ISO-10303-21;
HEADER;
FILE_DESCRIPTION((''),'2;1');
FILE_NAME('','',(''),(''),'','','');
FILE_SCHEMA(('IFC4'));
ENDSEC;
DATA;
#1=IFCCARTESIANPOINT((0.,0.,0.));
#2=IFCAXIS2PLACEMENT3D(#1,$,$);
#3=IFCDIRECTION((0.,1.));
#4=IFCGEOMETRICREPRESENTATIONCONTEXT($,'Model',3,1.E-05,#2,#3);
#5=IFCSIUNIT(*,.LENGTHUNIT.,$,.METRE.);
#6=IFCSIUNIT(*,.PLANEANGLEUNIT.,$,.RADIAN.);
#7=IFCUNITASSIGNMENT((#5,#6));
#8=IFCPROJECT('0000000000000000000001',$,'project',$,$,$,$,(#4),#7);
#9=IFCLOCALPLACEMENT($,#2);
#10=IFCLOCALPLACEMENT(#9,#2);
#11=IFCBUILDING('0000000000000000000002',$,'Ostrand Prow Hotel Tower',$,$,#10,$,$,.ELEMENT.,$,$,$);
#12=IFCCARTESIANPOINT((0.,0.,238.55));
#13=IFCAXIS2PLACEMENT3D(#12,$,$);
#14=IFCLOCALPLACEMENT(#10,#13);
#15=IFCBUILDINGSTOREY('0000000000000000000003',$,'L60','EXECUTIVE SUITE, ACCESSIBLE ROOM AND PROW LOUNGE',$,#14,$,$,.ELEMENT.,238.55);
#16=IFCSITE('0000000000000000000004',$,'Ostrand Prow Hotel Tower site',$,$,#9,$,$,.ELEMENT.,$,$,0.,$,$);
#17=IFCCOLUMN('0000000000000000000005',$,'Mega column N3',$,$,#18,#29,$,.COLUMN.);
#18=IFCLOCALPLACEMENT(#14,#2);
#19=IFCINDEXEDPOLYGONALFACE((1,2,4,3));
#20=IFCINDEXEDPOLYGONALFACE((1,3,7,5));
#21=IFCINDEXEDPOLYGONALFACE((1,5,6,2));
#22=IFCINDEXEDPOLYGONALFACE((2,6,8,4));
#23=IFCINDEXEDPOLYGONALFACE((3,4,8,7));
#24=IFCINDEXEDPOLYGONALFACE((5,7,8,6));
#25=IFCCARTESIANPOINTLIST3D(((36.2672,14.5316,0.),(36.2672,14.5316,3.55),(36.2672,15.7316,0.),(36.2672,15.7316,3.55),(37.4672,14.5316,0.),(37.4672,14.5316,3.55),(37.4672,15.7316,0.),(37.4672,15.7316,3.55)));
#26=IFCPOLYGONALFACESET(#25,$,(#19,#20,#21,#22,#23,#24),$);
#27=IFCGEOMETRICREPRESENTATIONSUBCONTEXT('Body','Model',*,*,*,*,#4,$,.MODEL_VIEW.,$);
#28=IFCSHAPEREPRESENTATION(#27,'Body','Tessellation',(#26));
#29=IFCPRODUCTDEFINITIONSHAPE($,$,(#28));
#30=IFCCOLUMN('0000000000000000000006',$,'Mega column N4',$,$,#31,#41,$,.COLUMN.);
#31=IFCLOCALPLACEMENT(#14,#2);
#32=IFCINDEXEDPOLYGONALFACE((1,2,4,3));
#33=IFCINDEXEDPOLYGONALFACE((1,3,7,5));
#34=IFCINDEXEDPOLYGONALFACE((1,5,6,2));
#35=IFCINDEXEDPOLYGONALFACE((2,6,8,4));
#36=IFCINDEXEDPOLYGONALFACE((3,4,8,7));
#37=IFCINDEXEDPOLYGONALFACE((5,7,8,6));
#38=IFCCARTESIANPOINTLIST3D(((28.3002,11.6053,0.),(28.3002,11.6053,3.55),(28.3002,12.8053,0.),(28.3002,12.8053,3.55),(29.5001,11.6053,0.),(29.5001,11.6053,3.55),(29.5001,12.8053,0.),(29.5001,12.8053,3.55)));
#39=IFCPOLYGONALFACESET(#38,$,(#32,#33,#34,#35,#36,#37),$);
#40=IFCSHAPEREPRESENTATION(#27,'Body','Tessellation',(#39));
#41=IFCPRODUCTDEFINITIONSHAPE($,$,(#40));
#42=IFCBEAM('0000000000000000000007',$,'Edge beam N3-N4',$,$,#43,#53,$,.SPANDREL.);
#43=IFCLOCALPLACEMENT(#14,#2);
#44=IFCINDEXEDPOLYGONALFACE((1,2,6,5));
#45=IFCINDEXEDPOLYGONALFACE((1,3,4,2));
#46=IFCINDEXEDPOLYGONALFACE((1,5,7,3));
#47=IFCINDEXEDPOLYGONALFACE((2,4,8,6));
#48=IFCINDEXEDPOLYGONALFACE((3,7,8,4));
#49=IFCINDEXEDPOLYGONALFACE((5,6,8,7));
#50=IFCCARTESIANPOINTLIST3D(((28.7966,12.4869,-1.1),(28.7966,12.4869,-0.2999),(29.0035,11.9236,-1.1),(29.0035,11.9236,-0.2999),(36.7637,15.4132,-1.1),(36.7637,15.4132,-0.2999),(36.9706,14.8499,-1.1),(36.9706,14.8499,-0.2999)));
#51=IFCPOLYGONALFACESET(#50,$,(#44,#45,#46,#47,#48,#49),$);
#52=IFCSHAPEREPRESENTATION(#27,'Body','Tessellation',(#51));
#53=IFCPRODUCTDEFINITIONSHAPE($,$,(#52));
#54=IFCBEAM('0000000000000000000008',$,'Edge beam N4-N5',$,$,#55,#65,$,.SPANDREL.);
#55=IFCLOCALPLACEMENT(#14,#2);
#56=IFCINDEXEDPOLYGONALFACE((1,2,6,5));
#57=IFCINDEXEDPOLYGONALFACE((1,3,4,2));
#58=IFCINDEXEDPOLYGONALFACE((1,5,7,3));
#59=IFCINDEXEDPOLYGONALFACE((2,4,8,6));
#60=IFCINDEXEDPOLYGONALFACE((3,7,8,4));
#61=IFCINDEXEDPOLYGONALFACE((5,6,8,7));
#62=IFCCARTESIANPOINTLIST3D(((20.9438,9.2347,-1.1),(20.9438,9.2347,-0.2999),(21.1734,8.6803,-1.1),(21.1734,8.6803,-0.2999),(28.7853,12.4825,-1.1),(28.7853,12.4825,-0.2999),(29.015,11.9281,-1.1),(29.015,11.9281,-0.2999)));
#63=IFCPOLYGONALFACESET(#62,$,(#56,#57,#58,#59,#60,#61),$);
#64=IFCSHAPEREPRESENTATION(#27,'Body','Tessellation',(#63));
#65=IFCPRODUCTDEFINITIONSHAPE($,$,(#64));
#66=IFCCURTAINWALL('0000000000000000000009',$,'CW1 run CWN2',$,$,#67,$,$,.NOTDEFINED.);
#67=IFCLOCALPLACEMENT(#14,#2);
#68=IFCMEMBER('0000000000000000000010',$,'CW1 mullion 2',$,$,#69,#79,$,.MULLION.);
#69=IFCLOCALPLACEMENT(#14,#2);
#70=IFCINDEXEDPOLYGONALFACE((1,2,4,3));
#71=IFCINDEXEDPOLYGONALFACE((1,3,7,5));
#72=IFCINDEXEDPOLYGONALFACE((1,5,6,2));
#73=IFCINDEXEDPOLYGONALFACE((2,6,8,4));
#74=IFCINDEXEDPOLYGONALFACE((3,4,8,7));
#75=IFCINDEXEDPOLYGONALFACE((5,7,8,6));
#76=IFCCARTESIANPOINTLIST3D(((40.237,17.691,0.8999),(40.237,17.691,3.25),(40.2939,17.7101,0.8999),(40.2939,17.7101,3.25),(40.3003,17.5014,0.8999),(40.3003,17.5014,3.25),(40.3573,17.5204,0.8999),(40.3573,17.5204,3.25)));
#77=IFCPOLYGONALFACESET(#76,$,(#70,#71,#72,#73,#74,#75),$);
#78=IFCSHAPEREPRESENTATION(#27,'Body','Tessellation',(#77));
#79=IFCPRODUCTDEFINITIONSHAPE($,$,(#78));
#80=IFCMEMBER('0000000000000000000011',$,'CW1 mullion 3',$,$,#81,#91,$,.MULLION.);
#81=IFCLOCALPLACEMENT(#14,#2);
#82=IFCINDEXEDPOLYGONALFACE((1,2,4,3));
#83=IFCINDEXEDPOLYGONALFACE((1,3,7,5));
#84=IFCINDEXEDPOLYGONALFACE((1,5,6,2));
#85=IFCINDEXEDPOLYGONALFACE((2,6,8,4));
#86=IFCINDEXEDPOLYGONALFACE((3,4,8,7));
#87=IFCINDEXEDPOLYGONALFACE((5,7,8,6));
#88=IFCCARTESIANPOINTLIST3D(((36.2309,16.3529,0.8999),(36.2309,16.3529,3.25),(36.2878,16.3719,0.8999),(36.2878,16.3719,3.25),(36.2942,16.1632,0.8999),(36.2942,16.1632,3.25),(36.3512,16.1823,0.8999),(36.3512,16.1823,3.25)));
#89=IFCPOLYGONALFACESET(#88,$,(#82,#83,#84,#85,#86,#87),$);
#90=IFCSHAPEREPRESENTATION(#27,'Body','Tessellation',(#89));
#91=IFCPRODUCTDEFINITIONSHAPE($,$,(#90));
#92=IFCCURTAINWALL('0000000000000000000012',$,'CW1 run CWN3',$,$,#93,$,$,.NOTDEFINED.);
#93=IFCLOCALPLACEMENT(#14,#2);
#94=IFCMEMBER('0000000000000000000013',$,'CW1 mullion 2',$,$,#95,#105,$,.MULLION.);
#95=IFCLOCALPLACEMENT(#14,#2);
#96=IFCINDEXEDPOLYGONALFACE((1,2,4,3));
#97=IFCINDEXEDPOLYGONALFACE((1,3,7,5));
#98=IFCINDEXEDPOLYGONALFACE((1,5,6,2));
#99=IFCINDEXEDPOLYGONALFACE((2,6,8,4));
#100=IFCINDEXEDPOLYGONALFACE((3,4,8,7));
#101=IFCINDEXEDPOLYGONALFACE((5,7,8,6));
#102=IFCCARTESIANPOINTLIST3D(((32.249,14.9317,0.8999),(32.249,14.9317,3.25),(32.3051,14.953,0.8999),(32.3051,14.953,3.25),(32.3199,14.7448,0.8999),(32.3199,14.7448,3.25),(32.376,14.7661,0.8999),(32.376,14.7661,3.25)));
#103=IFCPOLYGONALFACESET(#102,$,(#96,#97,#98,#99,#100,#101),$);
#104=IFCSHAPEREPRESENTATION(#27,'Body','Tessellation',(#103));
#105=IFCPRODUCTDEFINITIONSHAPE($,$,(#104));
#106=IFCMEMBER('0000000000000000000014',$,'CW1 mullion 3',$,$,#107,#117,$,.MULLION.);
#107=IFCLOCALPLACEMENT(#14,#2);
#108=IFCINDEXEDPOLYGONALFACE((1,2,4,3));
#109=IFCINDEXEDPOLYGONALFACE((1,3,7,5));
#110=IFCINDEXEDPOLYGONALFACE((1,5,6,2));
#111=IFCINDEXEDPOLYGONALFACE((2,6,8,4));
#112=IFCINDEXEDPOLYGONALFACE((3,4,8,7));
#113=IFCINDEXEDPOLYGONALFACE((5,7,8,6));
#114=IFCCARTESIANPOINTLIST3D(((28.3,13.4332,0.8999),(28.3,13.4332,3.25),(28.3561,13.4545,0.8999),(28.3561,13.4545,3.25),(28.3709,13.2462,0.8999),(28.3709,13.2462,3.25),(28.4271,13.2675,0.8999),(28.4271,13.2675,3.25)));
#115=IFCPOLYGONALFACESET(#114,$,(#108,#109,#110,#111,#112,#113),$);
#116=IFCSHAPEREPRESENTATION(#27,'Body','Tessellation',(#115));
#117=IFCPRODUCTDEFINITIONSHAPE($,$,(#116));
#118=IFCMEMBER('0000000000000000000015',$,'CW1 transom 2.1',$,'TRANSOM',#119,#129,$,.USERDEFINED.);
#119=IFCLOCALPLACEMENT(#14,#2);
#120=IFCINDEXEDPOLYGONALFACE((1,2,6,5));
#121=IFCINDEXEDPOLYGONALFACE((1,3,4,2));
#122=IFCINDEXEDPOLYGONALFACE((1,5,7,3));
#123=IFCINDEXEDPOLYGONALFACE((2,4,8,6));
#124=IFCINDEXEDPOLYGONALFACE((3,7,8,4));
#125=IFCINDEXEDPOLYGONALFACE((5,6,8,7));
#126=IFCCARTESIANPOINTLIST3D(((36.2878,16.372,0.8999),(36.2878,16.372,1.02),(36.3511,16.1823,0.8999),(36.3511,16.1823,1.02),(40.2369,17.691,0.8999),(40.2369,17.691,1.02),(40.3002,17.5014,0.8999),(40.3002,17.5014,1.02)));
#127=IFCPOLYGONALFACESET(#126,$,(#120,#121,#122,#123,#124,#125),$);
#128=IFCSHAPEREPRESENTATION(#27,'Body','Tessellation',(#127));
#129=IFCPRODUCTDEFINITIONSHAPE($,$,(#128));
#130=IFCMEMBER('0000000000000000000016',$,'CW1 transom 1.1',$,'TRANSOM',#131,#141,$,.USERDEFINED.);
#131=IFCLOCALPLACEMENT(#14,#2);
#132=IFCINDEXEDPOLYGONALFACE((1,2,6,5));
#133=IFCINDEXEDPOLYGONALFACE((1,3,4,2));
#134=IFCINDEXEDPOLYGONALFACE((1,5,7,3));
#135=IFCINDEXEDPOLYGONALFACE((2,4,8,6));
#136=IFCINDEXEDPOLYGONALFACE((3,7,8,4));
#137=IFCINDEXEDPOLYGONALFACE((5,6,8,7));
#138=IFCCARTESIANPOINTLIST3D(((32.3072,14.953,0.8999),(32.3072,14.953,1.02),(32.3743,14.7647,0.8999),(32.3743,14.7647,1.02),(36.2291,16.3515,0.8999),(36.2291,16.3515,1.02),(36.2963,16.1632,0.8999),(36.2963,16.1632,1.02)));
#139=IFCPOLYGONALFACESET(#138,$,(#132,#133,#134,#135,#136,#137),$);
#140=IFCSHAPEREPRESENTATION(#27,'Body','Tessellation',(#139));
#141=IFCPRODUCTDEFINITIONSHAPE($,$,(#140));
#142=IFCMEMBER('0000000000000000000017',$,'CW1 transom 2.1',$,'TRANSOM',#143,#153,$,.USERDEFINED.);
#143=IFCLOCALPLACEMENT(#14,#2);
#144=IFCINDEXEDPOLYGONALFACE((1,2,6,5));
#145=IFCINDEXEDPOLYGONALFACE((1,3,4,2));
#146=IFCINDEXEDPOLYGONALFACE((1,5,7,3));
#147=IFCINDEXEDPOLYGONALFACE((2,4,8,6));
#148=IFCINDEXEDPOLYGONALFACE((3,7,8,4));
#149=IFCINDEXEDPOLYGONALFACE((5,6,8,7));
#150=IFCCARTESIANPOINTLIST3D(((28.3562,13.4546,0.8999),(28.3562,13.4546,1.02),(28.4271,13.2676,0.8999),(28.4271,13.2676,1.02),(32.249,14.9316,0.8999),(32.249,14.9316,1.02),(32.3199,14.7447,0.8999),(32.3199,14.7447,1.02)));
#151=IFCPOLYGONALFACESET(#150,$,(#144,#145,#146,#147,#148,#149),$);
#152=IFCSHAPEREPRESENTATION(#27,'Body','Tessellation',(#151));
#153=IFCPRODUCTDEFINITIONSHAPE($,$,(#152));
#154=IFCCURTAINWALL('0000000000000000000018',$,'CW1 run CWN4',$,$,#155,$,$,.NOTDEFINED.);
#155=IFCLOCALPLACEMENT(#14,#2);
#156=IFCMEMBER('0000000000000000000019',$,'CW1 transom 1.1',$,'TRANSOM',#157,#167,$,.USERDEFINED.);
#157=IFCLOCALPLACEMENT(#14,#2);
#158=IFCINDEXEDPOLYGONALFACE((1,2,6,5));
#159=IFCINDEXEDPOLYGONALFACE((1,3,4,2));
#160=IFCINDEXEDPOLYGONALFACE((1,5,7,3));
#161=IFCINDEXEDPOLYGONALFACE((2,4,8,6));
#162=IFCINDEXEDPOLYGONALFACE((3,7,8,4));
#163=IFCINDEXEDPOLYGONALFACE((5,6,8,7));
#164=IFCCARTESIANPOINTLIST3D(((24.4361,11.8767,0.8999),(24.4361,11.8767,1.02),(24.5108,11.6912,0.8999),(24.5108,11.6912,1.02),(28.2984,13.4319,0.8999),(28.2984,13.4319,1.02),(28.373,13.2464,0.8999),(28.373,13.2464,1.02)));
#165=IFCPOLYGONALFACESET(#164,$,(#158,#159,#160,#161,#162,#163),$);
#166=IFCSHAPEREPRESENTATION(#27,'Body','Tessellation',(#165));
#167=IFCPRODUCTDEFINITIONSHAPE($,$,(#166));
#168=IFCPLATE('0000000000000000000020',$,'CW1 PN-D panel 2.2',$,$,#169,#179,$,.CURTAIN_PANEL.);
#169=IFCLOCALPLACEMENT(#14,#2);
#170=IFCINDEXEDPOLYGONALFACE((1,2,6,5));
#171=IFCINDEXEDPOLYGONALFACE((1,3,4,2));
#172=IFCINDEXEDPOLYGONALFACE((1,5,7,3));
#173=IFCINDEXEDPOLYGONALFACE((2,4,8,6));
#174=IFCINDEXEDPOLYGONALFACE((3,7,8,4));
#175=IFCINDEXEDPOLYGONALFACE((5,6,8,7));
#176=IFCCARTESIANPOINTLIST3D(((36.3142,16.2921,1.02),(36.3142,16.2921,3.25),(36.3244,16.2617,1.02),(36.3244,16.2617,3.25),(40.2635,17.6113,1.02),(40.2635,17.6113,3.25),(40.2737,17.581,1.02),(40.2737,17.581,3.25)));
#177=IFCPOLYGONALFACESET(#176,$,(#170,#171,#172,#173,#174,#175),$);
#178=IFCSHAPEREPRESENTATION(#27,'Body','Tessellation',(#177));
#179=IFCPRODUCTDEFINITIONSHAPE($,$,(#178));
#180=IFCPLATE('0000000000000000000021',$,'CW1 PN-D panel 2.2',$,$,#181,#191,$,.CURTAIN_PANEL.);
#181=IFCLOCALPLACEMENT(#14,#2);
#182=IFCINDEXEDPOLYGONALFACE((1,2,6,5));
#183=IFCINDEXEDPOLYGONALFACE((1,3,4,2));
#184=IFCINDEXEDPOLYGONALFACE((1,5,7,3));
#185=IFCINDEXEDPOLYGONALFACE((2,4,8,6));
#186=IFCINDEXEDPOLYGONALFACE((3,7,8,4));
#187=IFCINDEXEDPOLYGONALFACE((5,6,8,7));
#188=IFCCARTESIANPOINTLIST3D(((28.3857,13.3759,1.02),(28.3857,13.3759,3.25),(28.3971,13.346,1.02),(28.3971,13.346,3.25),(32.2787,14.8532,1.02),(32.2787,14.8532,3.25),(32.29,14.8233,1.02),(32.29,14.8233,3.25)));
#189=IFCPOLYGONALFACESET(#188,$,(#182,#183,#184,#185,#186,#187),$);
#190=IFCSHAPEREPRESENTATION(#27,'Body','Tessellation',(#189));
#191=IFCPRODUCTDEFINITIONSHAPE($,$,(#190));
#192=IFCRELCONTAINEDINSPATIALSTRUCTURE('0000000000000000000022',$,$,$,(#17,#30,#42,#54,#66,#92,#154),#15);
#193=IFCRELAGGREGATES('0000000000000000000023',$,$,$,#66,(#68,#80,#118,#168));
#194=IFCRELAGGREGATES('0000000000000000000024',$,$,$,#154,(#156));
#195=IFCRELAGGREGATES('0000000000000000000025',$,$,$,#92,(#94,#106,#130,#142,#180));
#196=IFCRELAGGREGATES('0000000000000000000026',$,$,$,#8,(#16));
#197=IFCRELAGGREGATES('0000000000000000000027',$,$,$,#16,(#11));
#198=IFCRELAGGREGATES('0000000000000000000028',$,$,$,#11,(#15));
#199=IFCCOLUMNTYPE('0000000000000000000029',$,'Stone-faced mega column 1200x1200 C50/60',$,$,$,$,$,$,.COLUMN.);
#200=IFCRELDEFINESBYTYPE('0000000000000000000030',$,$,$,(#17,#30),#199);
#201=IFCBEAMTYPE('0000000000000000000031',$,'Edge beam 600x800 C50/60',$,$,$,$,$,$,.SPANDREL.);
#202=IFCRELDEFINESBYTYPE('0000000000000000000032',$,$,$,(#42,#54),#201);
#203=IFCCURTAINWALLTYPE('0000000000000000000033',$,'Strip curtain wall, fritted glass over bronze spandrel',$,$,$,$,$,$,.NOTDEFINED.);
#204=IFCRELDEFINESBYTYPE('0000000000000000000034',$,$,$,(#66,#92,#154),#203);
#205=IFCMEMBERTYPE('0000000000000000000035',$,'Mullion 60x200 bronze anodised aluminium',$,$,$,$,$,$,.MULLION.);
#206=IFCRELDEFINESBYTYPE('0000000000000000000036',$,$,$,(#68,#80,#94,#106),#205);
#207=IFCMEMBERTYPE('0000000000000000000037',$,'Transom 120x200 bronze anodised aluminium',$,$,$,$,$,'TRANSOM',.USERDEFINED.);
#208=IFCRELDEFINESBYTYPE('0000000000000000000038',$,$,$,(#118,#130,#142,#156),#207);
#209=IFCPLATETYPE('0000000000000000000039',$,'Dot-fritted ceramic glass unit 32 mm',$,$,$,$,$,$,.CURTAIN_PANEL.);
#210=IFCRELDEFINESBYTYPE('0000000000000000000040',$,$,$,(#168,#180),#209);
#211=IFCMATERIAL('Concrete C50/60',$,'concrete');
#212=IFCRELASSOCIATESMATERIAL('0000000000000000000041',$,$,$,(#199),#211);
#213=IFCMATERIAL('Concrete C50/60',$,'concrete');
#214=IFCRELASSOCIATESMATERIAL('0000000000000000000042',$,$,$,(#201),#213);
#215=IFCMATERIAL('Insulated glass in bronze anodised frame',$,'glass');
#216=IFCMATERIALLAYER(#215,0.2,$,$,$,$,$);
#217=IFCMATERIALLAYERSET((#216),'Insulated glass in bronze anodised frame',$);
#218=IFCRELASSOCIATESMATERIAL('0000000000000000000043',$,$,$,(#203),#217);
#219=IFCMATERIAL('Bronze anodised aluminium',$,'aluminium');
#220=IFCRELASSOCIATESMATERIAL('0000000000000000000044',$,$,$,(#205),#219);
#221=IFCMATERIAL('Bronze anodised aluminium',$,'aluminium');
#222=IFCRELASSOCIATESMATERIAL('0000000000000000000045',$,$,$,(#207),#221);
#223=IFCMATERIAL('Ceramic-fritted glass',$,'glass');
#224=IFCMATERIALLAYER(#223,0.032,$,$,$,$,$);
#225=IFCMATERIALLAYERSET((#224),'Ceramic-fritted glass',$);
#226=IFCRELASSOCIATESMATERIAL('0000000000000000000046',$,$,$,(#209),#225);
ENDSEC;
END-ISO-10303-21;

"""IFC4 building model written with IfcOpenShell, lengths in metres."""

from ifc_helpers import new_model, si_unit, direction, frame, origin, origin_2d, place, context, subcontext, project, spatial, rectangle, extrude, material, layer, layer_set, material_profile, profile_set, type_object, element, aggregate, save


model = new_model("IFC4")

# Units and contexts
model_context = context("Model", 3, precision=1e-05, world=origin(), true_north=direction((0.0, 1.0)))
body_context = subcontext(model_context, "Body", "Model", "MODEL_VIEW")
ifc_project = project(units=[si_unit("LENGTHUNIT", "METRE"), si_unit("PLANEANGLEUNIT", "RADIAN")], contexts=[model_context])

# Site, building, storey
site_placement = place(None, origin())
site = spatial("IfcSite", under=ifc_project, at=site_placement, Name="Ostrand Prow Hotel Tower site", CompositionType="ELEMENT", RefElevation=0.0)
building_placement = place(site_placement, origin())
building = spatial("IfcBuilding", under=site, at=building_placement, Name="Ostrand Prow Hotel Tower", CompositionType="ELEMENT")
storey_placement = place(building_placement, frame((0.0, 0.0, 238.55)))
storey = spatial("IfcBuildingStorey", under=building, at=storey_placement, Name="L60", Description="EXECUTIVE SUITE, ACCESSIBLE ROOM AND PROW LOUNGE", CompositionType="ELEMENT", Elevation=238.55)

# Columns
ifc_material_1 = material(Name="Concrete C50/60", Category="concrete")
ifc_material_profile_1 = material_profile(ifc_material_1, rectangle(XDim=1.2, YDim=1.2, at=origin_2d()), Name="RC 1200x1200")
ifc_profile_set_1 = profile_set([ifc_material_profile_1], Name="Concrete C50/60")
column_type = type_object("IfcColumnType", Name="Stone-faced mega column 1200x1200 C50/60", PredefinedType="COLUMN", material=ifc_profile_set_1)
for number, where, z_axis, x_axis, name in (
    (1, (36.8672, 15.1316, 0.0), (0.0, 0.0, 1.0), (1.0, 0.0, 0.0), "Mega column N3"),
    (2, (28.9001, 12.2053, 0.0), (0.0, 0.0, 1.0), (1.0, 0.0, 0.0), "Mega column N4"),
):
    element("IfcColumn", number, at=place(storey_placement, frame(where, z_axis=z_axis, x_axis=x_axis)), inside=storey, type_object=column_type, Name=name, PredefinedType="COLUMN", context=body_context, shape_type="SweptSolid", body=[
        extrude(rectangle(XDim=1.2, YDim=1.2, at=origin_2d()), origin(), (0.0, 0.0, 1.0), 3.55),
    ])

# Beams
ifc_material_2 = material(Name="Concrete C50/60", Category="concrete")
ifc_material_profile_2 = material_profile(ifc_material_2, rectangle(XDim=0.6001, YDim=0.8, at=origin_2d()), Name="RC 600x800")
ifc_profile_set_2 = profile_set([ifc_material_profile_2], Name="Concrete C50/60")
beam_type = type_object("IfcBeamType", Name="Edge beam 600x800 C50/60", PredefinedType="SPANDREL", material=ifc_profile_set_2)
for number, where, z_axis, x_axis, name in (
    (3, (36.8672, 15.1316, -0.7), (-0.938685, -0.344776, 0.0), (0.344776, -0.938685, 0.0), "Edge beam N3-N4"),
    (4, (28.9001, 12.2053, -0.7), (-0.923891, -0.382656, 0.0), (0.382656, -0.923891, 0.0), "Edge beam N4-N5"),
):
    element("IfcBeam", number, at=place(storey_placement, frame(where, z_axis=z_axis, x_axis=x_axis)), inside=storey, type_object=beam_type, Name=name, PredefinedType="SPANDREL", context=body_context, shape_type="SweptSolid", body=[
        extrude(rectangle(XDim=0.6001, YDim=0.8, at=origin_2d()), origin(), (0.0, 0.0, 1.0), 8.4875),
    ])

# Curtain walls, members
ifc_material_3 = material(Name="Insulated glass in bronze anodised frame", Category="glass")
ifc_layer_1 = layer(ifc_material_3, 0.2)
ifc_layer_set_1 = layer_set([ifc_layer_1], Name="Insulated glass in bronze anodised frame")
curtain_wall_type = type_object("IfcCurtainWallType", Name="Strip curtain wall, fritted glass over bronze spandrel", PredefinedType="NOTDEFINED", material=ifc_layer_set_1)
curtain_wall_1_placement = place(storey_placement, origin())
curtain_wall_1 = element("IfcCurtainWall", 5, at=curtain_wall_1_placement, inside=storey, type_object=curtain_wall_type, Name="CW1 run CWN2", PredefinedType="NOTDEFINED")
ifc_material_4 = material(Name="Bronze anodised aluminium", Category="aluminium")
ifc_material_profile_3 = material_profile(ifc_material_4, rectangle(XDim=0.2, YDim=0.0601, at=origin_2d()), Name="Mullion 60x200 bronze anodised aluminium")
ifc_profile_set_3 = profile_set([ifc_material_profile_3], Name="Bronze anodised aluminium")
member_type_1 = type_object("IfcMemberType", Name="Mullion 60x200 bronze anodised aluminium", PredefinedType="MULLION", material=ifc_profile_set_3)
member_1_placement = place(storey_placement, frame((40.2971, 17.6057, 0.8999), z_axis=(0.0, 0.0, 1.0), x_axis=(0.316841, -0.948479, 0.0)))
member_1 = element("IfcMember", 6, at=member_1_placement, type_object=member_type_1, Name="CW1 mullion 2", PredefinedType="MULLION", context=body_context, shape_type="SweptSolid", body=[
    extrude(rectangle(XDim=0.2, YDim=0.0601, at=origin_2d()), origin(), (0.0, 0.0, 1.0), 2.3501),
])
member_2_placement = place(storey_placement, frame((36.291, 16.2676, 0.8999), z_axis=(0.0, 0.0, 1.0), x_axis=(0.316841, -0.948479, 0.0)))
member_2 = element("IfcMember", 7, at=member_2_placement, type_object=member_type_1, Name="CW1 mullion 3", PredefinedType="MULLION", context=body_context, shape_type="SweptSolid", body=[
    extrude(rectangle(XDim=0.2, YDim=0.0601, at=origin_2d()), origin(), (0.0, 0.0, 1.0), 2.3501),
])
curtain_wall_2_placement = place(storey_placement, origin())
curtain_wall_2 = element("IfcCurtainWall", 8, at=curtain_wall_2_placement, inside=storey, type_object=curtain_wall_type, Name="CW1 run CWN3", PredefinedType="NOTDEFINED")
member_3_placement = place(storey_placement, frame((32.3125, 14.8489, 0.8999), z_axis=(0.0, 0.0, 1.0), x_axis=(0.354777, -0.934951, 0.0)))
member_3 = element("IfcMember", 9, at=member_3_placement, type_object=member_type_1, Name="CW1 mullion 2", PredefinedType="MULLION", context=body_context, shape_type="SweptSolid", body=[
    extrude(rectangle(XDim=0.2, YDim=0.0601, at=origin_2d()), origin(), (0.0, 0.0, 1.0), 2.3501),
])
member_4_placement = place(storey_placement, frame((28.3635, 13.3503, 0.8999), z_axis=(0.0, 0.0, 1.0), x_axis=(0.354777, -0.934951, 0.0)))
member_4 = element("IfcMember", 10, at=member_4_placement, type_object=member_type_1, Name="CW1 mullion 3", PredefinedType="MULLION", context=body_context, shape_type="SweptSolid", body=[
    extrude(rectangle(XDim=0.2, YDim=0.0601, at=origin_2d()), origin(), (0.0, 0.0, 1.0), 2.3501),
])

# Members
ifc_material_5 = material(Name="Bronze anodised aluminium", Category="aluminium")
ifc_material_profile_4 = material_profile(ifc_material_5, rectangle(XDim=0.2, YDim=0.1201, at=origin_2d()), Name="Transom 120x200 bronze anodised aluminium")
ifc_profile_set_4 = profile_set([ifc_material_profile_4], Name="Bronze anodised aluminium")
member_type_2 = type_object("IfcMemberType", Name="Transom 120x200 bronze anodised aluminium", ElementType="TRANSOM", PredefinedType="USERDEFINED", material=ifc_profile_set_4)
member_5_placement = place(storey_placement, frame((40.2686, 17.5962, 0.96), z_axis=(-0.94849, -0.316808, 0.0), x_axis=(0.316808, -0.94849, 0.0)))
member_5 = element("IfcMember", 11, at=member_5_placement, type_object=member_type_2, Name="CW1 transom 2.1", ObjectType="TRANSOM", PredefinedType="USERDEFINED", context=body_context, shape_type="SweptSolid", body=[
    extrude(rectangle(XDim=0.2, YDim=0.1201, at=origin_2d()), origin(), (0.0, 0.0, 1.0), 4.1636),
])
member_6_placement = place(storey_placement, frame((36.2627, 16.2573, 0.96), z_axis=(-0.941912, -0.335861, 0.0), x_axis=(0.335861, -0.941912, 0.0)))
member_6 = element("IfcMember", 12, at=member_6_placement, type_object=member_type_2, Name="CW1 transom 1.1", ObjectType="TRANSOM", PredefinedType="USERDEFINED", context=body_context, shape_type="SweptSolid", body=[
    extrude(rectangle(XDim=0.2, YDim=0.1201, at=origin_2d()), origin(), (0.0, 0.0, 1.0), 4.1638),
])
member_7_placement = place(storey_placement, frame((32.2844, 14.8381, 0.96), z_axis=(-0.934961, -0.354751, 0.0), x_axis=(0.354751, -0.934961, 0.0)))
member_7 = element("IfcMember", 13, at=member_7_placement, type_object=member_type_2, Name="CW1 transom 2.1", ObjectType="TRANSOM", PredefinedType="USERDEFINED", context=body_context, shape_type="SweptSolid", body=[
    extrude(rectangle(XDim=0.2, YDim=0.1201, at=origin_2d()), origin(), (0.0, 0.0, 1.0), 4.1636),
])

# Curtain wall, member
curtain_wall_3_placement = place(storey_placement, origin())
curtain_wall_3 = element("IfcCurtainWall", 14, at=curtain_wall_3_placement, inside=storey, type_object=curtain_wall_type, Name="CW1 run CWN4", PredefinedType="NOTDEFINED")
member_8_placement = place(storey_placement, frame((28.3357, 13.3391, 0.96), z_axis=(-0.927625, -0.373513, 0.0), x_axis=(0.373513, -0.927625, 0.0)))
member_8 = element("IfcMember", 15, at=member_8_placement, type_object=member_type_2, Name="CW1 transom 1.1", ObjectType="TRANSOM", PredefinedType="USERDEFINED", context=body_context, shape_type="SweptSolid", body=[
    extrude(rectangle(XDim=0.2, YDim=0.1201, at=origin_2d()), origin(), (0.0, 0.0, 1.0), 4.1636),
])

# Plates
ifc_material_6 = material(Name="Ceramic-fritted glass", Category="glass")
ifc_layer_2 = layer(ifc_material_6, 0.032)
ifc_layer_set_2 = layer_set([ifc_layer_2], Name="Ceramic-fritted glass")
plate_type_1 = type_object("IfcPlateType", Name="Dot-fritted ceramic glass unit 32 mm", PredefinedType="CURTAIN_PANEL", material=ifc_layer_set_2)
plate_1_placement = place(storey_placement, frame((38.2939, 16.9365, 1.02), z_axis=(0.0, 0.0, 1.0), x_axis=(-0.948479, -0.316841, 0.0)))
plate_1 = element("IfcPlate", 16, at=plate_1_placement, type_object=plate_type_1, Name="CW1 PN-D panel 2.2", PredefinedType="CURTAIN_PANEL", context=body_context, shape_type="SweptSolid", body=[
    extrude(rectangle(XDim=4.1638, YDim=0.032, at=origin_2d()), origin(), (0.0, 0.0, 1.0), 2.23),
])
aggregate(curtain_wall_1, [member_1, member_2, member_5, plate_1])
plate_2_placement = place(storey_placement, frame((30.3379, 14.0996, 1.02), z_axis=(0.0, 0.0, 1.0), x_axis=(-0.934951, -0.354777, 0.0)))
plate_2 = element("IfcPlate", 17, at=plate_2_placement, type_object=plate_type_1, Name="CW1 PN-D panel 2.2", PredefinedType="CURTAIN_PANEL", context=body_context, shape_type="SweptSolid", body=[
    extrude(rectangle(XDim=4.1638, YDim=0.032, at=origin_2d()), origin(), (0.0, 0.0, 1.0), 2.23),
])
aggregate(curtain_wall_3, [member_8])
aggregate(curtain_wall_2, [member_3, member_4, member_6, member_7, plate_2])

save(model, "model.ifc")
